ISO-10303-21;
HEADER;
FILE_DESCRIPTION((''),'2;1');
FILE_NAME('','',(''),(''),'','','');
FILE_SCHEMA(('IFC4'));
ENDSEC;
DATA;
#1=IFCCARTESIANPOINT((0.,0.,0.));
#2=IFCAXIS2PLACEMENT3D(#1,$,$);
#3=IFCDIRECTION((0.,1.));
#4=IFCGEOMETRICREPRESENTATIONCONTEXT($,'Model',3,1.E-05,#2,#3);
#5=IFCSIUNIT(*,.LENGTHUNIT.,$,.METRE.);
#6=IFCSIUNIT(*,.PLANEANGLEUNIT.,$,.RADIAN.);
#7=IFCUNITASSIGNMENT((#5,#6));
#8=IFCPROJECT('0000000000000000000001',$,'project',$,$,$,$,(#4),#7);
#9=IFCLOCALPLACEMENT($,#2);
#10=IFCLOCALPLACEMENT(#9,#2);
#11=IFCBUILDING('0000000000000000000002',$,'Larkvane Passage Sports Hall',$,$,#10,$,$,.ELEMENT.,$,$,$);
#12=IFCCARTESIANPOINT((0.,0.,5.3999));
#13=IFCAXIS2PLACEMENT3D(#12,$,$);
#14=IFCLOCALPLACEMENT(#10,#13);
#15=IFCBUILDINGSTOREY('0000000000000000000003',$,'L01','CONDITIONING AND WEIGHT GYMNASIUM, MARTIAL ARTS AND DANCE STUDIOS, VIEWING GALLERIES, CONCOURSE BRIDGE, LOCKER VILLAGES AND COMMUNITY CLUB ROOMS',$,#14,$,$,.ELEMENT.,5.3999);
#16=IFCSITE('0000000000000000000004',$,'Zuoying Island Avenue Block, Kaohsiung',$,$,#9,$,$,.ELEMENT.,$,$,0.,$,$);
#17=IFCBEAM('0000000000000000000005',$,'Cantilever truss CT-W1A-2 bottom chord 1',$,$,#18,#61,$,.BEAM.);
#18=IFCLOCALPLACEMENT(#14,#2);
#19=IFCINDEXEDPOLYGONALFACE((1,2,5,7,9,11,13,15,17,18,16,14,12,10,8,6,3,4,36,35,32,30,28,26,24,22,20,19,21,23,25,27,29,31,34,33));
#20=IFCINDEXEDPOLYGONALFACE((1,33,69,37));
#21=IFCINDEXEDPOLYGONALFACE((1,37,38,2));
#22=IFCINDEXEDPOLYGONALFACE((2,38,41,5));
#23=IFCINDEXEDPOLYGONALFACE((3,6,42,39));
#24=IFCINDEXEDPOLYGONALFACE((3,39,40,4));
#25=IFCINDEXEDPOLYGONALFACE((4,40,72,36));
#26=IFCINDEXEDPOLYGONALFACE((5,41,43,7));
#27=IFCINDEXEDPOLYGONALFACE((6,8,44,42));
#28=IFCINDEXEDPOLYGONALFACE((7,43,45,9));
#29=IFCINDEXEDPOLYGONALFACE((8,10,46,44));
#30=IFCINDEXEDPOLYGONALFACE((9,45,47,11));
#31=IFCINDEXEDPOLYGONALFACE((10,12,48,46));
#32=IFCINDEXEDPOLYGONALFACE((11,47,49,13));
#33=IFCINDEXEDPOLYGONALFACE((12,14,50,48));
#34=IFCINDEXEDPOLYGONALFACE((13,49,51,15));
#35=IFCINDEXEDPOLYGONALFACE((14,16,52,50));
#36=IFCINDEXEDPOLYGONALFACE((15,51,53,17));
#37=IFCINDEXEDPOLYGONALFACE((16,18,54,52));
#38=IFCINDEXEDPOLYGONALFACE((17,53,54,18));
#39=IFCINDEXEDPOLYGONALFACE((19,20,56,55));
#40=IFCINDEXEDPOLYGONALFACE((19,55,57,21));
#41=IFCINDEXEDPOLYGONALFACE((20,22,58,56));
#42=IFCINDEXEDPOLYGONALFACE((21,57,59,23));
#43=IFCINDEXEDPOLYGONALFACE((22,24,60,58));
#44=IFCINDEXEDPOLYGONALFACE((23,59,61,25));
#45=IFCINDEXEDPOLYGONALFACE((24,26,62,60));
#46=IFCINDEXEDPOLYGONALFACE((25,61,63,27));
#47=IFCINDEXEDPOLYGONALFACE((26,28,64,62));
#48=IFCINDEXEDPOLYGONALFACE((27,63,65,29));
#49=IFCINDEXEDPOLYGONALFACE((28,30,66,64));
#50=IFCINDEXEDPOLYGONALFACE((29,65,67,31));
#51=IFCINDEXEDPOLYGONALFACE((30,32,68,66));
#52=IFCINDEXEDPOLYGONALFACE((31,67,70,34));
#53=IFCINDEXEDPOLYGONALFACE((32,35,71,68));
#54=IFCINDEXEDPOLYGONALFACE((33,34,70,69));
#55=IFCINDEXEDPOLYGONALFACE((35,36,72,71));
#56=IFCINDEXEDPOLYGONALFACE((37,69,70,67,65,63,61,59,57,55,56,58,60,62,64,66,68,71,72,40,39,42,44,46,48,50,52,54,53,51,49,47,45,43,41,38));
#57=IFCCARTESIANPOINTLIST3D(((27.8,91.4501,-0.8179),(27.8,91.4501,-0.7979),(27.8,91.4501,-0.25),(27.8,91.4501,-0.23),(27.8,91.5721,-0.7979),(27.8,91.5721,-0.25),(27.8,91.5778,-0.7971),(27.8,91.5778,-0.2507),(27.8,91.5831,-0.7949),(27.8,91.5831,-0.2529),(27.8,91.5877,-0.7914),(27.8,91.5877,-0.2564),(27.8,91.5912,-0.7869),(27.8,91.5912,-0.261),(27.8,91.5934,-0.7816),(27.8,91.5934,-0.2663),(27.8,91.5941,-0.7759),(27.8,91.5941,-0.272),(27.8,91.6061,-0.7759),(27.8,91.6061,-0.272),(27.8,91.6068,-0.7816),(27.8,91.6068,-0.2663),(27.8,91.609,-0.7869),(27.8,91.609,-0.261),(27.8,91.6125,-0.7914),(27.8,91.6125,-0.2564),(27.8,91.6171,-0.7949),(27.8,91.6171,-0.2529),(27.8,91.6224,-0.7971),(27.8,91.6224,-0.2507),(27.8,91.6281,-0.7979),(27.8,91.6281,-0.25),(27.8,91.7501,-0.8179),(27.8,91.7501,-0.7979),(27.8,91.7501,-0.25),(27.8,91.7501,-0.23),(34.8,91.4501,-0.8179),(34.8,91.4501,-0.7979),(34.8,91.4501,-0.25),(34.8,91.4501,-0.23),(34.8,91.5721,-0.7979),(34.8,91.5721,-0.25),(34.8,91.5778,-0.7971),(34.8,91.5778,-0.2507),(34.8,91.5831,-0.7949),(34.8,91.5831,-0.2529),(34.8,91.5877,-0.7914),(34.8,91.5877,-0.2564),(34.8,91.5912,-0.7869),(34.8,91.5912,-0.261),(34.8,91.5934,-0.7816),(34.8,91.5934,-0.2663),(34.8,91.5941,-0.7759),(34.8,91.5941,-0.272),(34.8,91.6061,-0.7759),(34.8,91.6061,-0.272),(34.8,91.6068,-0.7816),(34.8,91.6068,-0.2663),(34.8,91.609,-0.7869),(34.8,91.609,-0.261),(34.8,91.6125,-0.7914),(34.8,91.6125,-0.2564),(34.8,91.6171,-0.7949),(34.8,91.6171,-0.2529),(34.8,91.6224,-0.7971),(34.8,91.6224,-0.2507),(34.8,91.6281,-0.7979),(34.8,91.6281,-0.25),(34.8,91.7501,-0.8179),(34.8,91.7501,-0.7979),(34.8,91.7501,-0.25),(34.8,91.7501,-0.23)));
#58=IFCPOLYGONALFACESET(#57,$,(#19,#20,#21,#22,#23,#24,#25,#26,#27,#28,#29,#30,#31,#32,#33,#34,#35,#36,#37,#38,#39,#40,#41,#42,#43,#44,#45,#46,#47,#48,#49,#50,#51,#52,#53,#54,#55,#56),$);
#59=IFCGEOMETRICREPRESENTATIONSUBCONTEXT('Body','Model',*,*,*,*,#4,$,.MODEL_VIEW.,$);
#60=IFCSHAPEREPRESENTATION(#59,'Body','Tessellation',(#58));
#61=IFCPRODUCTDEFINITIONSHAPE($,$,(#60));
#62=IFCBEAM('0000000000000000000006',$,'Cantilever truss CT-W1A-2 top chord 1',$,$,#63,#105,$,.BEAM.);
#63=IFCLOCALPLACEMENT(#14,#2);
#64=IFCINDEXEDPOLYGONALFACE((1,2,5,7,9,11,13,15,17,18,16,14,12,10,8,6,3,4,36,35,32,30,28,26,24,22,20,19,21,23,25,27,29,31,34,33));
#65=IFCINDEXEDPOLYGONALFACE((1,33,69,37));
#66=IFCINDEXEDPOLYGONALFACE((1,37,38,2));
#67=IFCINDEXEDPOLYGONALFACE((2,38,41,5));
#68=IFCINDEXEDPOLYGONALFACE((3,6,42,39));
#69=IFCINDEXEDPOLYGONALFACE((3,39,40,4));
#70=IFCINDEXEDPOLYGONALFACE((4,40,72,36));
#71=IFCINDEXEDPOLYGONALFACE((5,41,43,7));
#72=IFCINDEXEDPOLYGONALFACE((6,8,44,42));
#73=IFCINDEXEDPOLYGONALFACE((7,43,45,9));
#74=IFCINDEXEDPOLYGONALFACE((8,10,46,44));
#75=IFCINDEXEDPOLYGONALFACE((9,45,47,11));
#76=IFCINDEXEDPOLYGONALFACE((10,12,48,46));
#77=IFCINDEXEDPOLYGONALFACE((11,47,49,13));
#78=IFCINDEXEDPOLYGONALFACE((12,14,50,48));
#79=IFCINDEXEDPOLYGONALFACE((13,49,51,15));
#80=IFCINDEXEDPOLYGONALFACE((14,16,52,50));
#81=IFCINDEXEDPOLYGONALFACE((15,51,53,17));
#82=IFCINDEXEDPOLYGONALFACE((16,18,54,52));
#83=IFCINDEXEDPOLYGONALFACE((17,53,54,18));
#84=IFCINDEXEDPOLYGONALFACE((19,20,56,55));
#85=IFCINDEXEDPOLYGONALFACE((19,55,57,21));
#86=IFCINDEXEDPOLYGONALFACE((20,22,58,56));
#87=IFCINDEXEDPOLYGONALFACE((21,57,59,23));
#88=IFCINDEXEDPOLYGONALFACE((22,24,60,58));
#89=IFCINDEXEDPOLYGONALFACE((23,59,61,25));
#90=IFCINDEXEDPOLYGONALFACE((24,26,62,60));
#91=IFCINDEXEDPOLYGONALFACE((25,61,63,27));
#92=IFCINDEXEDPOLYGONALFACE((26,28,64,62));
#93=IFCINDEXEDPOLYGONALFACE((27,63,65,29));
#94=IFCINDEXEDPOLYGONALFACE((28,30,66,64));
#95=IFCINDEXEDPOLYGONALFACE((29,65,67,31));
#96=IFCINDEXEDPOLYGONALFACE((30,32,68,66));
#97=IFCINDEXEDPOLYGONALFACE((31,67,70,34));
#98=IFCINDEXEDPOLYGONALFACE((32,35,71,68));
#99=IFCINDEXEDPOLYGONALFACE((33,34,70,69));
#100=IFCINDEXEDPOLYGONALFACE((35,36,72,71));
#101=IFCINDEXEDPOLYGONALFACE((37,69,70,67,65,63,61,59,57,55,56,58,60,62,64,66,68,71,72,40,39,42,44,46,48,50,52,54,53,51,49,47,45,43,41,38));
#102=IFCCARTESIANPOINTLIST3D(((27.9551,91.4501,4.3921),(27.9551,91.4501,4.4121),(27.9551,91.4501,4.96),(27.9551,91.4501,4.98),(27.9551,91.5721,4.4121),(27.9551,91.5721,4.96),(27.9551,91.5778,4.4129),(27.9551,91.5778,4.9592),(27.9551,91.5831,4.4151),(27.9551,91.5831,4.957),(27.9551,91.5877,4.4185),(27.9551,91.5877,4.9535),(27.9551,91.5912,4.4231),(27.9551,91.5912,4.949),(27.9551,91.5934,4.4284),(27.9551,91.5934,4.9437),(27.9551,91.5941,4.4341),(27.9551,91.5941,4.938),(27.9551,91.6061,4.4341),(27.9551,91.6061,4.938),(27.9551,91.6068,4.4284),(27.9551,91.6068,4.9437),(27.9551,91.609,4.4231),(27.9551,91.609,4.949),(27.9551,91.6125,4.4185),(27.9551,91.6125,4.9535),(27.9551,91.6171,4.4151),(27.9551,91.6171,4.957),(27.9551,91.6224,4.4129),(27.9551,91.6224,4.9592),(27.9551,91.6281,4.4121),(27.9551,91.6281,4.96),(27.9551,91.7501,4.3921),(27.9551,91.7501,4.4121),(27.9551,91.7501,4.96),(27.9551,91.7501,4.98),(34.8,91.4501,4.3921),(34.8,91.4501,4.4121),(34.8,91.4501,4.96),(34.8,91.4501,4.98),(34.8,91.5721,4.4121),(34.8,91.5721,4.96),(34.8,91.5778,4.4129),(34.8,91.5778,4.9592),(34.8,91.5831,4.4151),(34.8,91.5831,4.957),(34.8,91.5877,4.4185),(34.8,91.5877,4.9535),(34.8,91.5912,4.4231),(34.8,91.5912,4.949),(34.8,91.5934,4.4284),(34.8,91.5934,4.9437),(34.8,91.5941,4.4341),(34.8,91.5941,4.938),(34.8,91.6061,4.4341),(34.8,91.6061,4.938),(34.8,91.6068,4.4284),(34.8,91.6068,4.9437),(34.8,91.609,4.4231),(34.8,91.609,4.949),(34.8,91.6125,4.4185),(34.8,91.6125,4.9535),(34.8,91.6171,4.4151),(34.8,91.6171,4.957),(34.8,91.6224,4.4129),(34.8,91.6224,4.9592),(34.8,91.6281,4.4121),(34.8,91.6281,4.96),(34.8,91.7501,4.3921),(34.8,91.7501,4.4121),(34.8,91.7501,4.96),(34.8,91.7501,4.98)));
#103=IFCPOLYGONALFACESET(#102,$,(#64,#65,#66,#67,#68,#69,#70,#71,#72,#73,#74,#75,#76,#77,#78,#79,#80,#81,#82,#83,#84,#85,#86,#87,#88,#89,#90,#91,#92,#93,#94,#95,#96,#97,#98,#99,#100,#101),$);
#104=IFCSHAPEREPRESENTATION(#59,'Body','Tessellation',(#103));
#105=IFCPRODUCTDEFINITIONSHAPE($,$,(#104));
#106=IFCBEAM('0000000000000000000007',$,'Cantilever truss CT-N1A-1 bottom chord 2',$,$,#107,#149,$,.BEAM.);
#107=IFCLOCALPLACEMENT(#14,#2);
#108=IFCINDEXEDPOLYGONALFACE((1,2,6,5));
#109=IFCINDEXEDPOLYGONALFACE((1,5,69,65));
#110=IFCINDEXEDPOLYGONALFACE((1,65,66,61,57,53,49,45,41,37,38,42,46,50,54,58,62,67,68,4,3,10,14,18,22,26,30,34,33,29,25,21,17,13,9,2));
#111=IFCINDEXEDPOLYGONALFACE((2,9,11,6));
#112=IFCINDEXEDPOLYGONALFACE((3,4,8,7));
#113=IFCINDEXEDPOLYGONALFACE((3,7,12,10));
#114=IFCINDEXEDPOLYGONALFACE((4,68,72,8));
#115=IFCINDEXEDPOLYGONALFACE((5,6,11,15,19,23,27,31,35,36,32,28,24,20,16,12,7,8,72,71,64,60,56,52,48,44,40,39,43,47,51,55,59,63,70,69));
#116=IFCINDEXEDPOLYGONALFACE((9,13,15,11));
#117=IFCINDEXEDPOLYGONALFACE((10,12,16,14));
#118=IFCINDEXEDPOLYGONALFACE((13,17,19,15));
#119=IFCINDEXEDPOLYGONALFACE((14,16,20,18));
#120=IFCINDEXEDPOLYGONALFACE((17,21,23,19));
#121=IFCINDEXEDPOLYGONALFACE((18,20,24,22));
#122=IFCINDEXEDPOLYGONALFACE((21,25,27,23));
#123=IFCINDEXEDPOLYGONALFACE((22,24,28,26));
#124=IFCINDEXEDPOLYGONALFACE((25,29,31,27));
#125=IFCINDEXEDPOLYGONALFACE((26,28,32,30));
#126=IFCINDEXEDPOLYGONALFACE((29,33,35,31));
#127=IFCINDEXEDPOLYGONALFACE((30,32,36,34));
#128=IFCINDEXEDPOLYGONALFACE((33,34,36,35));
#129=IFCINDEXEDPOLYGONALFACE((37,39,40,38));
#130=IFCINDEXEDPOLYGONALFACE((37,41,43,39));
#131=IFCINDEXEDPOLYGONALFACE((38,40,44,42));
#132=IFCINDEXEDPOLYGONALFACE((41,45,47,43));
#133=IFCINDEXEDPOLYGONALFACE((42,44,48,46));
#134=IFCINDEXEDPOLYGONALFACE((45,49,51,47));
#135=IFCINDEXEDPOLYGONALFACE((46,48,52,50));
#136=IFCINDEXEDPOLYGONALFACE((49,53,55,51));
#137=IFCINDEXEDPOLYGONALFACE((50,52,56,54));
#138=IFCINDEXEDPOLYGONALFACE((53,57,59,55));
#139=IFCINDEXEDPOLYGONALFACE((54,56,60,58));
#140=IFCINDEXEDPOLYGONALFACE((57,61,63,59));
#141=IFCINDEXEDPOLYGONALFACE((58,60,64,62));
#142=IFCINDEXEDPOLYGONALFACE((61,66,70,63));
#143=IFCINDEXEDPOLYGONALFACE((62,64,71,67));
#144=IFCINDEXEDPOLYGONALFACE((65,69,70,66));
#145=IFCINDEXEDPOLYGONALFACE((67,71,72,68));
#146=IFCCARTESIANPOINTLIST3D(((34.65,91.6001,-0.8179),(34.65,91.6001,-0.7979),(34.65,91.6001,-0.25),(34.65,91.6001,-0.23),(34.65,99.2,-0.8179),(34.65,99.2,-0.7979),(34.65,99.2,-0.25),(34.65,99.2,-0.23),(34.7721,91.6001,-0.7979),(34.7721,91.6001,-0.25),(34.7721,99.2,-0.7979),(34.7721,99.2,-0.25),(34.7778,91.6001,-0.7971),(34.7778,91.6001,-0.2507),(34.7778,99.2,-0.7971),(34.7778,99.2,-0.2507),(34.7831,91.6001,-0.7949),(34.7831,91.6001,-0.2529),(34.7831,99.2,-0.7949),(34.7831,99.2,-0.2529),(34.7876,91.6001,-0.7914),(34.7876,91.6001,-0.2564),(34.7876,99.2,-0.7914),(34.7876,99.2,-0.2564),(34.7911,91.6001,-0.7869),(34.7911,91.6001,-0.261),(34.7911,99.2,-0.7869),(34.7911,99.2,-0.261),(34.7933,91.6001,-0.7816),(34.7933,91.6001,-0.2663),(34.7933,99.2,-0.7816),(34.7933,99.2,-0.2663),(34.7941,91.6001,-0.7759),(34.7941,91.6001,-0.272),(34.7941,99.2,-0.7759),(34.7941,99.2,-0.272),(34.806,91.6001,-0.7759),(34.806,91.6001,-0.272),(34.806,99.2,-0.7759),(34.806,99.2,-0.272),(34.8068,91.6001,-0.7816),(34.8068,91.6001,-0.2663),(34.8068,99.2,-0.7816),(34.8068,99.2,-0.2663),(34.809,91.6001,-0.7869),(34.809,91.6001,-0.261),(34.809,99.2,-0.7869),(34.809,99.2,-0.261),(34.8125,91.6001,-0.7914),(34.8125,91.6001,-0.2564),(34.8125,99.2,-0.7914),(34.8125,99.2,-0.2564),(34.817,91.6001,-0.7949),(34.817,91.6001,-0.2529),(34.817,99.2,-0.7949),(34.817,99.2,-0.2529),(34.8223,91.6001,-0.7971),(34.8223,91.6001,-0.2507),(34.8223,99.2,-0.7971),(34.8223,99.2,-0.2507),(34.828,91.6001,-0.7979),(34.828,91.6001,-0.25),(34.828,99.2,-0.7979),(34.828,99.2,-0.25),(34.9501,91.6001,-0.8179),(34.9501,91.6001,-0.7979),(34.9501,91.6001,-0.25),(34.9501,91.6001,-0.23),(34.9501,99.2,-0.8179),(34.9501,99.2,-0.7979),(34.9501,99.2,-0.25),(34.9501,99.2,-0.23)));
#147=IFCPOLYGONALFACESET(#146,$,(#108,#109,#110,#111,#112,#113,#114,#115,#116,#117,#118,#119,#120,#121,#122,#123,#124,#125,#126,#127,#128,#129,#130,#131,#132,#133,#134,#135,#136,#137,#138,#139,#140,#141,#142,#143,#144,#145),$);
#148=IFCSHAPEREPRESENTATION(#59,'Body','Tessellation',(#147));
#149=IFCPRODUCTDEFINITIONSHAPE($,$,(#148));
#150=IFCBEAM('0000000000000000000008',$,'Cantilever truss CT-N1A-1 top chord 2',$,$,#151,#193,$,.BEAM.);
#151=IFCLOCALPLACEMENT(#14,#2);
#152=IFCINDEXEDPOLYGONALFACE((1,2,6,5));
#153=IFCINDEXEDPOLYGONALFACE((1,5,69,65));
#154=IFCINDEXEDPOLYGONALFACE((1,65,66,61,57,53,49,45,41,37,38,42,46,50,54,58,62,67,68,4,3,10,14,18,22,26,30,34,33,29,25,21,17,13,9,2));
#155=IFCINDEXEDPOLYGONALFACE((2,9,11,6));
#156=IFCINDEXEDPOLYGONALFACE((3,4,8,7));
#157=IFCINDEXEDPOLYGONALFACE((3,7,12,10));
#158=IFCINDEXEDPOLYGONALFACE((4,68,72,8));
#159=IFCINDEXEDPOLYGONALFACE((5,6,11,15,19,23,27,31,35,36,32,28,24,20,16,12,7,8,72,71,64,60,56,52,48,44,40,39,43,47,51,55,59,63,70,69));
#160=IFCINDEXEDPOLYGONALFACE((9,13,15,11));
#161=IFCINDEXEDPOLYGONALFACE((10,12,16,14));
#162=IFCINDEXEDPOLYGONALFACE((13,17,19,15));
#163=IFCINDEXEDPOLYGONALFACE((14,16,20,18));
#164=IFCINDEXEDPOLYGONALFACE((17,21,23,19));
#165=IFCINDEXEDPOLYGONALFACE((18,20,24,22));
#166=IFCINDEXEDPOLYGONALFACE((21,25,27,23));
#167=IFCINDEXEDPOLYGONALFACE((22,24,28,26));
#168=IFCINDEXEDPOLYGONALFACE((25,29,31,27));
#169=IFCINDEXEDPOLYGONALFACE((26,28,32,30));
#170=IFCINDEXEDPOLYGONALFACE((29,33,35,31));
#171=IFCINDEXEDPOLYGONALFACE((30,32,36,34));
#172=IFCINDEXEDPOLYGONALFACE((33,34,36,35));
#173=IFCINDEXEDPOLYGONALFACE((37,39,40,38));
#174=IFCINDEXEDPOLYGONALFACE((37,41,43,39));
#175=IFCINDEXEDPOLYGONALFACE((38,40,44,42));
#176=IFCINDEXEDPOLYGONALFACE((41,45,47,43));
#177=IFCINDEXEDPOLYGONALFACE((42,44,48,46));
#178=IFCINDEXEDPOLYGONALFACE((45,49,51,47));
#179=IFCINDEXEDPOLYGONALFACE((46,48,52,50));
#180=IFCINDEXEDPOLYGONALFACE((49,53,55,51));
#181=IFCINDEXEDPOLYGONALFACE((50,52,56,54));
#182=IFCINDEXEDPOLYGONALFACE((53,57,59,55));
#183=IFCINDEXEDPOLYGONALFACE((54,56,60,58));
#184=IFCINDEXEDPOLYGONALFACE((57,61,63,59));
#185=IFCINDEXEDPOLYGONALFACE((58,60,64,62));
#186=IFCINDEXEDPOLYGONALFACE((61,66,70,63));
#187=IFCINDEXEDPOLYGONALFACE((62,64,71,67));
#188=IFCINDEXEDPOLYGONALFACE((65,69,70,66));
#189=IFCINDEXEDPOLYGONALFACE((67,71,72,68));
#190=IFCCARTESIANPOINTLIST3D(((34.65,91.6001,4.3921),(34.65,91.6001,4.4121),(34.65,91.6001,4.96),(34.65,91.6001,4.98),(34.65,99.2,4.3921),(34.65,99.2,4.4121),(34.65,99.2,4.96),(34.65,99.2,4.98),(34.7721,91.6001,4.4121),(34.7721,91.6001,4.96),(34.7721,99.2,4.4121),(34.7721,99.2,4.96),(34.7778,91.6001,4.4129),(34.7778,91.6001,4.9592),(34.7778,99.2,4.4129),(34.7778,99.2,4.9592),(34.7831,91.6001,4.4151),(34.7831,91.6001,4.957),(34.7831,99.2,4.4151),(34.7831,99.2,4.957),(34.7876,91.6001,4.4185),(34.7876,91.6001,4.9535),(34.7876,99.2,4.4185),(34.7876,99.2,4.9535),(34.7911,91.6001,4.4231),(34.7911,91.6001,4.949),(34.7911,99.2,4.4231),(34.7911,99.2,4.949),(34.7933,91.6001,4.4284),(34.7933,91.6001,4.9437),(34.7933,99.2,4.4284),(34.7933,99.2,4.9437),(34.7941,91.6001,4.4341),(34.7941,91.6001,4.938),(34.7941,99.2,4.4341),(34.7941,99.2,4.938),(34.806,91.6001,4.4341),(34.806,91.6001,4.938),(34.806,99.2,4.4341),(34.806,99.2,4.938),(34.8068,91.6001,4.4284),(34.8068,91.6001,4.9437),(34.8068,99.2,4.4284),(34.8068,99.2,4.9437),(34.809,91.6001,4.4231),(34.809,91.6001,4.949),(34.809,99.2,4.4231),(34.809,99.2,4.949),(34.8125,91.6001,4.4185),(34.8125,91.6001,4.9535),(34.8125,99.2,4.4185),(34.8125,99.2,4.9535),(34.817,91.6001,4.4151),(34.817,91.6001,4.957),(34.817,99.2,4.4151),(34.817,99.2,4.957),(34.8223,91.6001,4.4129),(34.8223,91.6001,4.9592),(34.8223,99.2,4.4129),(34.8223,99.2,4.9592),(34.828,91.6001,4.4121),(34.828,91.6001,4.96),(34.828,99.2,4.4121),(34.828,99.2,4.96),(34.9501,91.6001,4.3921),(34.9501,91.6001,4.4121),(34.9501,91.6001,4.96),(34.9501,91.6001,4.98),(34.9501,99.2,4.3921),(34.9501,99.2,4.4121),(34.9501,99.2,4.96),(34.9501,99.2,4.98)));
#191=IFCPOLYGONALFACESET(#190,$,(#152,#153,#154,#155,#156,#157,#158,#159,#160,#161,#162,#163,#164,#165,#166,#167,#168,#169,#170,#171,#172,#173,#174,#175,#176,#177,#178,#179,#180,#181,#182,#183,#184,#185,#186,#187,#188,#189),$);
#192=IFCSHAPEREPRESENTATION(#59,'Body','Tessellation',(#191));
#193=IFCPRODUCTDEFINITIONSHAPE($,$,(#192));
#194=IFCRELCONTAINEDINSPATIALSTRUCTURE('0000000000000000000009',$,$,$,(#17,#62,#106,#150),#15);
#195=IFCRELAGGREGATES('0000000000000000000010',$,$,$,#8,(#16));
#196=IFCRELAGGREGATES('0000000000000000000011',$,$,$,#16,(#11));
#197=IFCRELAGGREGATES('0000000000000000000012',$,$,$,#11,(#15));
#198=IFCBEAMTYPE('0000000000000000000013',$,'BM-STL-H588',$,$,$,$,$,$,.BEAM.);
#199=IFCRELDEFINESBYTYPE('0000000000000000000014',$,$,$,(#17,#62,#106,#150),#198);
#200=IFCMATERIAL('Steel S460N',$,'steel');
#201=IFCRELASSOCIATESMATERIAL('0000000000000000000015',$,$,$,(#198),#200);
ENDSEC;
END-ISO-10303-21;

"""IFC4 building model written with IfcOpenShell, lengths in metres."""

from ifc_helpers import new_model, si_unit, direction, frame, origin, origin_2d, place, context, subcontext, project, spatial, i_section, extrude, material, material_profile, profile_set, type_object, element, save


model = new_model("IFC4")

# Units and contexts
model_context = context("Model", 3, precision=1e-05, world=origin(), true_north=direction((0.0, 1.0)))
body_context = subcontext(model_context, "Body", "Model", "MODEL_VIEW")
ifc_project = project(units=[si_unit("LENGTHUNIT", "METRE"), si_unit("PLANEANGLEUNIT", "RADIAN")], contexts=[model_context])

# Site, building, storey
site_placement = place(None, origin())
site = spatial("IfcSite", under=ifc_project, at=site_placement, Name="Zuoying Island Avenue Block, Kaohsiung", CompositionType="ELEMENT", RefElevation=0.0)
building_placement = place(site_placement, origin())
building = spatial("IfcBuilding", under=site, at=building_placement, Name="Larkvane Passage Sports Hall", CompositionType="ELEMENT")
storey_placement = place(building_placement, frame((0.0, 0.0, 5.3999)))
storey = spatial("IfcBuildingStorey", under=building, at=storey_placement, Name="L01", Description="CONDITIONING AND WEIGHT GYMNASIUM, MARTIAL ARTS AND DANCE STUDIOS, VIEWING GALLERIES, CONCOURSE BRIDGE, LOCKER VILLAGES AND COMMUNITY CLUB ROOMS", CompositionType="ELEMENT", Elevation=5.3999)

# Shared definitions
ifc_material_1 = material(Name="Steel S460N", Category="steel")

# Beams
ifc_material_profile_1 = material_profile(ifc_material_1, i_section(OverallWidth=0.3, OverallDepth=0.5879, WebThickness=0.012, FlangeThickness=0.02, FilletRadius=0.022, at=origin_2d()), Name="H-588x300x12x20")
ifc_profile_set_1 = profile_set([ifc_material_profile_1], Name="Steel S460N")
beam_type_1 = type_object("IfcBeamType", Name="BM-STL-H588", PredefinedType="BEAM", material=ifc_profile_set_1)
beam_1_placement = place(storey_placement, frame((27.8, 91.6001, -0.5239), z_axis=(1.0, 0.0, 0.0), x_axis=(0.0, 1.0, 0.0)))
element("IfcBeam", 1, at=beam_1_placement, inside=storey, type_object=beam_type_1, Name="Cantilever truss CT-W1A-2 bottom chord 1", PredefinedType="BEAM", context=body_context, shape_type="SweptSolid", body=[
    extrude(i_section(OverallWidth=0.3, OverallDepth=0.5879, WebThickness=0.012, FlangeThickness=0.02, FilletRadius=0.022, at=origin_2d()), origin(), (0.0, 0.0, 1.0), 7.0),
])
beam_2_placement = place(storey_placement, frame((27.9551, 91.6001, 4.686), z_axis=(1.0, 0.0, 0.0), x_axis=(0.0, 1.0, 0.0)))
element("IfcBeam", 2, at=beam_2_placement, inside=storey, type_object=beam_type_1, Name="Cantilever truss CT-W1A-2 top chord 1", PredefinedType="BEAM", context=body_context, shape_type="SweptSolid", body=[
    extrude(i_section(OverallWidth=0.3, OverallDepth=0.5879, WebThickness=0.012, FlangeThickness=0.02, FilletRadius=0.022, at=origin_2d()), origin(), (0.0, 0.0, 1.0), 6.845),
])
for number, where, z_axis, x_axis, name in (
    (3, (34.8, 91.6001, -0.5239), (0.0, 1.0, 0.0), (-1.0, 0.0, 0.0), "Cantilever truss CT-N1A-1 bottom chord 2"),
    (4, (34.8, 91.6001, 4.686), (0.0, 1.0, 0.0), (-1.0, 0.0, 0.0), "Cantilever truss CT-N1A-1 top chord 2"),
):
    element("IfcBeam", number, at=place(storey_placement, frame(where, z_axis=z_axis, x_axis=x_axis)), inside=storey, type_object=beam_type_1, Name=name, PredefinedType="BEAM", context=body_context, shape_type="SweptSolid", body=[
        extrude(i_section(OverallWidth=0.3, OverallDepth=0.5879, WebThickness=0.012, FlangeThickness=0.02, FilletRadius=0.022, at=origin_2d()), origin(), (0.0, 0.0, 1.0), 7.5999),
    ])

save(model, "model.ifc")
